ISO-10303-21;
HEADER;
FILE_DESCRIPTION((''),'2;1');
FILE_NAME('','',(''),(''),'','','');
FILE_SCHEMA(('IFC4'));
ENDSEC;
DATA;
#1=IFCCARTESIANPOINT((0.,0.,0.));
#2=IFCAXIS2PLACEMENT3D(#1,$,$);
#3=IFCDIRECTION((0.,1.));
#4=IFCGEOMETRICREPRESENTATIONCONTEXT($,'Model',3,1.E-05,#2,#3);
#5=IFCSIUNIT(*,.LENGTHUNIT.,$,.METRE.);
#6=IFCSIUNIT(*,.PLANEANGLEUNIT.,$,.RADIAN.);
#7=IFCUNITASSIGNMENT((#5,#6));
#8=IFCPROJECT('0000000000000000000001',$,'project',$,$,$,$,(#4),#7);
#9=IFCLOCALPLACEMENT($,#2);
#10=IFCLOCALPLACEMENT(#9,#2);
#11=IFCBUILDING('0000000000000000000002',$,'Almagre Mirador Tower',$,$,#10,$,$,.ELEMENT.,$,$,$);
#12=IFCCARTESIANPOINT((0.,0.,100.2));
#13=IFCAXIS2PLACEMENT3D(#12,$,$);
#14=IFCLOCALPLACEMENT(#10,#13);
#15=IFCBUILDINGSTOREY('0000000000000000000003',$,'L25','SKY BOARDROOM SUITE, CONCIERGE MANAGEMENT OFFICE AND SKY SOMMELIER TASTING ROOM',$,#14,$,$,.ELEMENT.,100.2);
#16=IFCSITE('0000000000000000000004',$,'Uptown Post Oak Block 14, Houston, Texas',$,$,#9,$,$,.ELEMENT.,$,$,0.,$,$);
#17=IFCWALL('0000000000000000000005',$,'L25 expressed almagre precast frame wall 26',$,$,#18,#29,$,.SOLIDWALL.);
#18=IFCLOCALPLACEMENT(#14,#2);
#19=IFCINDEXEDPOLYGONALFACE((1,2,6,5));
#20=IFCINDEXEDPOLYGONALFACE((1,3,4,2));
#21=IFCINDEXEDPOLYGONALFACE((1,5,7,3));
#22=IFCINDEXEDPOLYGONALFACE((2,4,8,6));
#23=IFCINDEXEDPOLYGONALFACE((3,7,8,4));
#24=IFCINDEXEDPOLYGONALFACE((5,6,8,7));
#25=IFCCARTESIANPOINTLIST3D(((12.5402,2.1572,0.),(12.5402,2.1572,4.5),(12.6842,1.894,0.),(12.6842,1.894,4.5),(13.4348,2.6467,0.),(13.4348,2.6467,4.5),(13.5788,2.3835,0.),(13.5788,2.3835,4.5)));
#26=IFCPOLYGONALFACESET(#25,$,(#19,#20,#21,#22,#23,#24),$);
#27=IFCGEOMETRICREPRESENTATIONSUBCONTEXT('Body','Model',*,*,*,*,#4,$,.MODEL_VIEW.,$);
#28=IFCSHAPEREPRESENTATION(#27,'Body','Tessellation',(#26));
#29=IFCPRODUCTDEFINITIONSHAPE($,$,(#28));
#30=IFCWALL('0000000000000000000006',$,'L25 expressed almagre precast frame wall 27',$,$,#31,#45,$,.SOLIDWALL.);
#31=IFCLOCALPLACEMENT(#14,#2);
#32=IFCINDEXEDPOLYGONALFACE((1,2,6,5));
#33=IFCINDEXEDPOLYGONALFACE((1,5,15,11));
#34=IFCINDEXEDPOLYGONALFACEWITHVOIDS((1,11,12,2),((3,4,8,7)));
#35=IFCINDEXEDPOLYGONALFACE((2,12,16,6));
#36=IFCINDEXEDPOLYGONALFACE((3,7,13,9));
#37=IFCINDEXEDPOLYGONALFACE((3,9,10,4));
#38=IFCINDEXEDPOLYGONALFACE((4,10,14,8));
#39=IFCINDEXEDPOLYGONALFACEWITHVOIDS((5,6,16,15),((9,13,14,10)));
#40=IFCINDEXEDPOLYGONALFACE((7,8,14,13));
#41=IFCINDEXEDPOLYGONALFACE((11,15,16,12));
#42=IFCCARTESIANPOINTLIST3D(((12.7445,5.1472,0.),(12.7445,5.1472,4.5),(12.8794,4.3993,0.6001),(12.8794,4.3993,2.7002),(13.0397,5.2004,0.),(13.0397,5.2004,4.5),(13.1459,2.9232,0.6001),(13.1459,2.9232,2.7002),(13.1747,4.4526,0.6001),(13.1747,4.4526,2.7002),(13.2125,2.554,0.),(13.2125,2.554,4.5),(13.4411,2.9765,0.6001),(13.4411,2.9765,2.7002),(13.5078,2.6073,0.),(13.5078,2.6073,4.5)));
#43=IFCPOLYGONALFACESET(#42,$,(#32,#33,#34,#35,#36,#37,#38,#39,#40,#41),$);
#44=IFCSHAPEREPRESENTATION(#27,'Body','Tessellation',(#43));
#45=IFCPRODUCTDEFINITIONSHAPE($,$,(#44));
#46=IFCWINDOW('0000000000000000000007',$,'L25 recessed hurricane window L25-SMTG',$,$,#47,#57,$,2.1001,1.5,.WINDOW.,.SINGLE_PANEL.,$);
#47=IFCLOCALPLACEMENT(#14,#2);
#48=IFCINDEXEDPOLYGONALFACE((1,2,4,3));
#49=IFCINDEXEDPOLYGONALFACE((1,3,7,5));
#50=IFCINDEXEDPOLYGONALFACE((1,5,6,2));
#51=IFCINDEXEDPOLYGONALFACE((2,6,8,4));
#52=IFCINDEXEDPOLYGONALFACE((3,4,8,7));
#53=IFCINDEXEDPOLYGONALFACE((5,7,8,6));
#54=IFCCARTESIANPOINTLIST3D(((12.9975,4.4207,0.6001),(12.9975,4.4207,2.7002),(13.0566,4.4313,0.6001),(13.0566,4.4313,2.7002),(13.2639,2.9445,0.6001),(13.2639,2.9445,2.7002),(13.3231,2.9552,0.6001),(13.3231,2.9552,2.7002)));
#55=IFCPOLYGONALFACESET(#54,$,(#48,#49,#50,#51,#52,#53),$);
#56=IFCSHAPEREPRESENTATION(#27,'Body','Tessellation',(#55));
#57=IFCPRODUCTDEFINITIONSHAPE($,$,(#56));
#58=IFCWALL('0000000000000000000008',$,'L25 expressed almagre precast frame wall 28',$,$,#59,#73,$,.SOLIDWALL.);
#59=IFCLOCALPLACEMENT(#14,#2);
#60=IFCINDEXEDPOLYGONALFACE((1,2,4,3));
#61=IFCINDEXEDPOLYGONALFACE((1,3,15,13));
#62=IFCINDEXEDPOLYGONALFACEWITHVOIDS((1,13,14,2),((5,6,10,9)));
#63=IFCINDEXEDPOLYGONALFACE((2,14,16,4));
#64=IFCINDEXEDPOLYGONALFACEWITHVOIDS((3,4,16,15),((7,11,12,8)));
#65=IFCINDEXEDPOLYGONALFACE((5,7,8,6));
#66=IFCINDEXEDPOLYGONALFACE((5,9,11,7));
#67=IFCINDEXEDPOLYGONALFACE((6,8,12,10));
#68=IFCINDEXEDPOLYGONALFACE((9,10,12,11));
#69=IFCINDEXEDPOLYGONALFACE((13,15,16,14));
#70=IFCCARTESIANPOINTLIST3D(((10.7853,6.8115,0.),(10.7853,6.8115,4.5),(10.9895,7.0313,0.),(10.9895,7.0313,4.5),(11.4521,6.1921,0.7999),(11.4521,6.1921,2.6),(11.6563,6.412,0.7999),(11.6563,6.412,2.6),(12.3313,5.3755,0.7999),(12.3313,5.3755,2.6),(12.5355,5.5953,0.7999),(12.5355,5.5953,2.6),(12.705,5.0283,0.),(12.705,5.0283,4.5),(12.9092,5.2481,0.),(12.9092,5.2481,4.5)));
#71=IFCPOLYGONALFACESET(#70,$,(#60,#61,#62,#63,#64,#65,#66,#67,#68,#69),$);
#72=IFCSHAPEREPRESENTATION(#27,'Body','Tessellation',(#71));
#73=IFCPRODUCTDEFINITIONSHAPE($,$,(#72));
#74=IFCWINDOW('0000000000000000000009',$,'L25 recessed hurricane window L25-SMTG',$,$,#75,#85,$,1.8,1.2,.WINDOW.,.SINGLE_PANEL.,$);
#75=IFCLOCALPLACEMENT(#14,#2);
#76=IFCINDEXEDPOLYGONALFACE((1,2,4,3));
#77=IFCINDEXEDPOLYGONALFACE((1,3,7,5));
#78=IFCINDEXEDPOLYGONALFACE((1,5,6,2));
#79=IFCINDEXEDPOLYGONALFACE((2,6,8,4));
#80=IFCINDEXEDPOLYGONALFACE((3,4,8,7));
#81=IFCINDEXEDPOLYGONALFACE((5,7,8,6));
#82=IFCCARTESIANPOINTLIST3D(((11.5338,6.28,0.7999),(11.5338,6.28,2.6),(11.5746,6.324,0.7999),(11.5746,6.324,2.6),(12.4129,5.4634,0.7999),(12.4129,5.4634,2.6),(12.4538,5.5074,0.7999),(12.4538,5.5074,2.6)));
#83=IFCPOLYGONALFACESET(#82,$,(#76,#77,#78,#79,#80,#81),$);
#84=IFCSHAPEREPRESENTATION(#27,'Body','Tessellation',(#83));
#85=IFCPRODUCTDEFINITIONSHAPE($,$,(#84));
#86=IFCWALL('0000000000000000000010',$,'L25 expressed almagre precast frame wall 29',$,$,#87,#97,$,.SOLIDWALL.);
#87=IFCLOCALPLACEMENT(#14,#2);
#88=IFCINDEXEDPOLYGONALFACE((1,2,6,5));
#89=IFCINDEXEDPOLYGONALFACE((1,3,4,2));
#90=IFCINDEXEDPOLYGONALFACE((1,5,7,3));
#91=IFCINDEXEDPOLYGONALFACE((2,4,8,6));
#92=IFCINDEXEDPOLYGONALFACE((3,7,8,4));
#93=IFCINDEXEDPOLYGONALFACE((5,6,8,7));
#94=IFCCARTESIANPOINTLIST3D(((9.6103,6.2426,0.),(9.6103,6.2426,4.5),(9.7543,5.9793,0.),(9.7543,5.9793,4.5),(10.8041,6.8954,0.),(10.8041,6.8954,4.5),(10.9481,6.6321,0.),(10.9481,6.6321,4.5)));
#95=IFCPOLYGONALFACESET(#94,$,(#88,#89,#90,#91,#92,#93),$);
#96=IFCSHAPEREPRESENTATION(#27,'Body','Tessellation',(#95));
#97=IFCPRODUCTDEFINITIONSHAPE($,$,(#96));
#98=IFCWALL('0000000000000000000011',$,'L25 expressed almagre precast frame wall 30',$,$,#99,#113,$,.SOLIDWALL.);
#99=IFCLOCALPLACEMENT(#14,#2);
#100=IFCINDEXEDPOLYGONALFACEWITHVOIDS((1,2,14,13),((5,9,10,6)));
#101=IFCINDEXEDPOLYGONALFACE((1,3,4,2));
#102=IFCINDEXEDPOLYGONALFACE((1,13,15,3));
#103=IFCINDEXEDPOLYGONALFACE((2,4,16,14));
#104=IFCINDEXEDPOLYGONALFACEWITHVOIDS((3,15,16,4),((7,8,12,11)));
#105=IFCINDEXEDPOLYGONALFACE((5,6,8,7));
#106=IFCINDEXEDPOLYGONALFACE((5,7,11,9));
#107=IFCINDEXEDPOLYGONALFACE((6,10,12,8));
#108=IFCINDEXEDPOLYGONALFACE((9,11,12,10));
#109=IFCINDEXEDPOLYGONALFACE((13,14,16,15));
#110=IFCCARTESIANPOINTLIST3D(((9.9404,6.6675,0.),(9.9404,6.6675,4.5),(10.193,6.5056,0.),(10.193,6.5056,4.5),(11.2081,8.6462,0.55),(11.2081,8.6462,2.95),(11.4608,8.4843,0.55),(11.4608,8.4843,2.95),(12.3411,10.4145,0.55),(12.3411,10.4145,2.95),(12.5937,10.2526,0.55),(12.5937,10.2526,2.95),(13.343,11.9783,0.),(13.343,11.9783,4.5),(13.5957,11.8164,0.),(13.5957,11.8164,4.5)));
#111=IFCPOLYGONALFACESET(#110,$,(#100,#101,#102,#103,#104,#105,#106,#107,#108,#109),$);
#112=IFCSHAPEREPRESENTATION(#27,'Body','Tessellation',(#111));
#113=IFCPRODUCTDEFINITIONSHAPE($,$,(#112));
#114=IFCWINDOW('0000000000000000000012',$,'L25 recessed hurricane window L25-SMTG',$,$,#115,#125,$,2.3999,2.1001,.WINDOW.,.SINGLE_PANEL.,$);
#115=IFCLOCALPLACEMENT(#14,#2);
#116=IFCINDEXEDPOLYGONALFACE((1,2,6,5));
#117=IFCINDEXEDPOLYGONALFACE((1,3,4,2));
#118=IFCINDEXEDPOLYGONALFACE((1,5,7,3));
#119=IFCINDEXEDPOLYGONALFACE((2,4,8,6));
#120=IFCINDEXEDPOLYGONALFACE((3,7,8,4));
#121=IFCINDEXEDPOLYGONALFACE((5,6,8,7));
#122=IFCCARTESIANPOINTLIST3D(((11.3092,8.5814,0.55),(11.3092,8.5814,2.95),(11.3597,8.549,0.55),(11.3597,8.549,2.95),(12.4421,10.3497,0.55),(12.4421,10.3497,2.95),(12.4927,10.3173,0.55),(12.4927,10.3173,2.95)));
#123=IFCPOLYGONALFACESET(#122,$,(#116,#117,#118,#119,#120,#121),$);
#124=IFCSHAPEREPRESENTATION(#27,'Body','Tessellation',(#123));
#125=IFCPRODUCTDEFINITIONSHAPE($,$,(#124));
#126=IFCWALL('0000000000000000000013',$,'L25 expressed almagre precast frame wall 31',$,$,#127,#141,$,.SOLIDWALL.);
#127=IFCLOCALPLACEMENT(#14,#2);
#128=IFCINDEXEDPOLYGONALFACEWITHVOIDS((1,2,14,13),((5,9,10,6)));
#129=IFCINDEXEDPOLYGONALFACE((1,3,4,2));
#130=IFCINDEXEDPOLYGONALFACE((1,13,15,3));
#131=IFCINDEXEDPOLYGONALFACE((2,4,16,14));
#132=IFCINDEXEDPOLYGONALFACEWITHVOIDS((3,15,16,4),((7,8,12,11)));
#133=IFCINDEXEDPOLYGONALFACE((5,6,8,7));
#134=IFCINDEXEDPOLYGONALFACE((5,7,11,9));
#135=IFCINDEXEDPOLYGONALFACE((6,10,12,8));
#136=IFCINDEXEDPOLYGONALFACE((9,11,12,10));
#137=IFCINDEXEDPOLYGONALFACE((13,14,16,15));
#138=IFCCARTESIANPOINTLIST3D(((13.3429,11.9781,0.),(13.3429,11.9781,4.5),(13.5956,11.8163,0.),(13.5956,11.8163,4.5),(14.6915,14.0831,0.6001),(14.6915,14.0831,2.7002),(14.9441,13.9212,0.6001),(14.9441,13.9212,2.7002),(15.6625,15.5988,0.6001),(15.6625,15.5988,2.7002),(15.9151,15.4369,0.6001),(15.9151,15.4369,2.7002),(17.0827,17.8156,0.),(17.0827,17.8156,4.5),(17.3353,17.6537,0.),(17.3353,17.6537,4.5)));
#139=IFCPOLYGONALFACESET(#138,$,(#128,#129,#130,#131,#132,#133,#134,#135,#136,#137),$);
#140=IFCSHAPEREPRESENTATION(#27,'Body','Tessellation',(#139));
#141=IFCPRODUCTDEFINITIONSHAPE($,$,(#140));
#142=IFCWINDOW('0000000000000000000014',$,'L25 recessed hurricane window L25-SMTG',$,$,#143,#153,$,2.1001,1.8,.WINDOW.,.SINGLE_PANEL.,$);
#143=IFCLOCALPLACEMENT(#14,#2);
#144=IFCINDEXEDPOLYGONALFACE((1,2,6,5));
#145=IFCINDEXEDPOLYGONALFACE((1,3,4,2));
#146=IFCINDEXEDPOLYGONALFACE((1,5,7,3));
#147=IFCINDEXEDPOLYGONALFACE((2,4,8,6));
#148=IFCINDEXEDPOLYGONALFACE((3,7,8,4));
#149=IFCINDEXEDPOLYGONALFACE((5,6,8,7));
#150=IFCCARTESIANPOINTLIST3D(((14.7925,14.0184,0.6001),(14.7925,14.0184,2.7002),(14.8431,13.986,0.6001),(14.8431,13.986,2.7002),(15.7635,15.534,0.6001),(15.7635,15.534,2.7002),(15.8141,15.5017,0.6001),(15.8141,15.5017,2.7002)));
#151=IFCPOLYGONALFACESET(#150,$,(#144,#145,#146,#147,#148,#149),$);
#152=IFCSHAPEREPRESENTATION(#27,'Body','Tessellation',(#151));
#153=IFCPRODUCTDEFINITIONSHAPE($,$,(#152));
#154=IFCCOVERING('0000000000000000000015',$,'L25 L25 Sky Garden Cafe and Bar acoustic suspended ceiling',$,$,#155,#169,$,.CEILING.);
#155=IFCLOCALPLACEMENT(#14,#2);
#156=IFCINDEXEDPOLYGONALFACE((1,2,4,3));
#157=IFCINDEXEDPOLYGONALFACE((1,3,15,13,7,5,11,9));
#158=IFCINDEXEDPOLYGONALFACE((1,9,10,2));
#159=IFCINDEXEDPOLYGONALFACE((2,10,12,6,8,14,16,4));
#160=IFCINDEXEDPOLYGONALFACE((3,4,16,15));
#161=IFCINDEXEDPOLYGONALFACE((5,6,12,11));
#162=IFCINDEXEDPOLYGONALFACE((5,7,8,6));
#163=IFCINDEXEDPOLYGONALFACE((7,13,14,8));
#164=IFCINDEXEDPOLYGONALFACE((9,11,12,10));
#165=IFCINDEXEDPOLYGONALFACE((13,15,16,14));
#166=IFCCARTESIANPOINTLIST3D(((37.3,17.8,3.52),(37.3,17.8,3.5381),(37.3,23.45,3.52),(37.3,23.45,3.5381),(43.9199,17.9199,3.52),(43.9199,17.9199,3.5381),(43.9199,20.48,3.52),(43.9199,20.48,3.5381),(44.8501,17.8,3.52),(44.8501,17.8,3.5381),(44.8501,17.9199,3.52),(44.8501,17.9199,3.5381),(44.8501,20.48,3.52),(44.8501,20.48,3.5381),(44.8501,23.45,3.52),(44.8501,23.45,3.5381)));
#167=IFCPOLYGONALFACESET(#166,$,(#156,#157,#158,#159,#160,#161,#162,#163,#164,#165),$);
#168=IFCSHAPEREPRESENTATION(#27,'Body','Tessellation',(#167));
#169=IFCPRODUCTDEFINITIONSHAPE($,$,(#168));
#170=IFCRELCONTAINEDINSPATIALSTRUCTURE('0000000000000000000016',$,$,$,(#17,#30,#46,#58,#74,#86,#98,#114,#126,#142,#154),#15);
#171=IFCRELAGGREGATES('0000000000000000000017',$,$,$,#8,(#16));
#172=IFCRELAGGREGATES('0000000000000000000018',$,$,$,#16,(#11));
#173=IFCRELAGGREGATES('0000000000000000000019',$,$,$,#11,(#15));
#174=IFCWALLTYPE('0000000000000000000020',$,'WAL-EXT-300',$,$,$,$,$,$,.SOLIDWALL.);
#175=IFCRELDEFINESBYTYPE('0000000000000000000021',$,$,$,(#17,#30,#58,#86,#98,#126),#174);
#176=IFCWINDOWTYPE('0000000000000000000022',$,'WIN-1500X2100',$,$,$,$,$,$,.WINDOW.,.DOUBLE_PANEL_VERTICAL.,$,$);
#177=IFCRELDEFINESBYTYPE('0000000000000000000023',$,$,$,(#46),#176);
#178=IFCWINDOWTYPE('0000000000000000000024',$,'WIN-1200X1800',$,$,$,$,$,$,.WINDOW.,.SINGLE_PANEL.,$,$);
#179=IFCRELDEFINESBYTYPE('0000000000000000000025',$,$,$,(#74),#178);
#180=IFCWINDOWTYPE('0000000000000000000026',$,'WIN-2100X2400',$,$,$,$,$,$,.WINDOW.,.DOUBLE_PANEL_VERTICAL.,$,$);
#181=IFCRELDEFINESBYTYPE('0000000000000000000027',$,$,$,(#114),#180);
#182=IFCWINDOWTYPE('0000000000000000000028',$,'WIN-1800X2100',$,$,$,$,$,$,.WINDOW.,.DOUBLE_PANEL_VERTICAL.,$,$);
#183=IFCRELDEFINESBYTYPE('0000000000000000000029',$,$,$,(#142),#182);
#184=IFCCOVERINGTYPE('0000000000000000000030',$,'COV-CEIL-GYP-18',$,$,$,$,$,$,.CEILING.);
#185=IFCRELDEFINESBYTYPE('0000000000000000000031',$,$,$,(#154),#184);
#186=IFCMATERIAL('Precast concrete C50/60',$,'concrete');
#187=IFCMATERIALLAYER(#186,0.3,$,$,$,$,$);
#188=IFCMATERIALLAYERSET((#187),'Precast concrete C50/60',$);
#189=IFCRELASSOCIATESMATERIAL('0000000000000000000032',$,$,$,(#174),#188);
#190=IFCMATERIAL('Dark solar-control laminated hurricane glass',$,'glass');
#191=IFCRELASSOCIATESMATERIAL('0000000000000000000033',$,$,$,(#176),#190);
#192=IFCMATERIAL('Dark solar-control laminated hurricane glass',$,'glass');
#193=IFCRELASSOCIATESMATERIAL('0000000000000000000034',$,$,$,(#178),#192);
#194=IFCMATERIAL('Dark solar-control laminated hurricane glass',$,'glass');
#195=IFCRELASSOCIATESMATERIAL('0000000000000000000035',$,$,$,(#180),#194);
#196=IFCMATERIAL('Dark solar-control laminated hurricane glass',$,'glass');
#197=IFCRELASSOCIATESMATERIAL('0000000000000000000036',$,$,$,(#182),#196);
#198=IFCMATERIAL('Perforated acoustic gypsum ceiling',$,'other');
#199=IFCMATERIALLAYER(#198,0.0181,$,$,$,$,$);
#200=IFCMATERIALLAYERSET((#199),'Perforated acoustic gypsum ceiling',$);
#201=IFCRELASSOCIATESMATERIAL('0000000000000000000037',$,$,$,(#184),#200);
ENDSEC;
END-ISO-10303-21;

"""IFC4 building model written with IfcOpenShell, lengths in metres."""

from ifc_helpers import new_model, si_unit, direction, frame, frame_2d, origin, place, context, subcontext, project, spatial, polyline, rectangle, outline, extrude, material, layer, layer_set, type_object, element, fill, save


model = new_model("IFC4")

# Units and contexts
model_context = context("Model", 3, precision=1e-05, world=origin(), true_north=direction((0.0, 1.0)))
body_context = subcontext(model_context, "Body", "Model", "MODEL_VIEW")
ifc_project = project(units=[si_unit("LENGTHUNIT", "METRE"), si_unit("PLANEANGLEUNIT", "RADIAN")], contexts=[model_context])

# Site, building, storey
site_placement = place(None, origin())
site = spatial("IfcSite", under=ifc_project, at=site_placement, Name="Uptown Post Oak Block 14, Houston, Texas", CompositionType="ELEMENT", RefElevation=0.0)
building_placement = place(site_placement, origin())
building = spatial("IfcBuilding", under=site, at=building_placement, Name="Almagre Mirador Tower", CompositionType="ELEMENT")
storey_placement = place(building_placement, frame((0.0, 0.0, 100.2)))
storey = spatial("IfcBuildingStorey", under=building, at=storey_placement, Name="L25", Description="SKY BOARDROOM SUITE, CONCIERGE MANAGEMENT OFFICE AND SKY SOMMELIER TASTING ROOM", CompositionType="ELEMENT", Elevation=100.2)

# Wall
ifc_material_1 = material(Name="Precast concrete C50/60", Category="concrete")
ifc_layer_1 = layer(ifc_material_1, 0.3)
ifc_layer_set_1 = layer_set([ifc_layer_1], Name="Precast concrete C50/60")
wall_type = type_object("IfcWallType", Name="WAL-EXT-300", PredefinedType="SOLIDWALL", material=ifc_layer_set_1)
wall_1_placement = place(storey_placement, frame((12.6123, 2.0256, 0.0), z_axis=(0.0, 0.0, 1.0), x_axis=(0.877245, 0.480043, 0.0)))
element("IfcWall", 1, at=wall_1_placement, inside=storey, type_object=wall_type, Name="L25 expressed almagre precast frame wall 26", PredefinedType="SOLIDWALL", context=body_context, shape_type="SweptSolid", body=[
    extrude(rectangle(XDim=1.0198, YDim=0.3, at=frame_2d((0.5098, 0.0))), origin(), (0.0, 0.0, 1.0), 4.5),
])

# Walls, openings, windows
wall_2_placement = place(storey_placement, frame((13.3601, 2.5808, 0.0), z_axis=(0.0, 0.0, 1.0), x_axis=(-0.177621, 0.984099, 0.0)))
wall_2 = element("IfcWall", 2, at=wall_2_placement, inside=storey, type_object=wall_type, Name="L25 expressed almagre precast frame wall 27", PredefinedType="SOLIDWALL", context=body_context, shape_type="SweptSolid", body=[
    extrude(rectangle(XDim=2.635, YDim=0.3, at=frame_2d((1.3174, 0.0))), origin(), (0.0, 0.0, 1.0), 4.5),
])
opening_1_placement = place(wall_2_placement, frame((0.375, 0.0, 0.6001)))
opening_1 = element("IfcOpeningElement", 3, at=opening_1_placement, cuts=wall_2, PredefinedType="OPENING", context=body_context, shape_type="SweptSolid", body=[
    extrude(rectangle(XDim=1.5, YDim=2.1001, at=frame_2d((0.75, 1.05))), frame((0.0, 0.1599, 0.0), z_axis=(0.0, -1.0, 0.0), x_axis=(1.0, 0.0, 0.0)), (0.0, 0.0, 1.0), 0.32),
])
ifc_material_2 = material(Name="Dark solar-control laminated hurricane glass", Category="glass")
window_type_1 = type_object("IfcWindowType", Name="WIN-1500X2100", PartitioningType="DOUBLE_PANEL_VERTICAL", PredefinedType="WINDOW", material=ifc_material_2)
window_1_placement = place(opening_1_placement, origin())
window_1 = element("IfcWindow", 4, at=window_1_placement, inside=storey, type_object=window_type_1, Name="L25 recessed hurricane window L25-SMTG", OverallHeight=2.1001, OverallWidth=1.5, PartitioningType="SINGLE_PANEL", PredefinedType="WINDOW", context=body_context, shape_type="SweptSolid", body=[
    extrude(rectangle(XDim=1.5, YDim=2.1001, at=frame_2d((0.75, 1.05))), frame((0.0, 0.03, 0.0), z_axis=(0.0, -1.0, 0.0), x_axis=(1.0, 0.0, 0.0)), (0.0, 0.0, 1.0), 0.0601),
])
fill(opening_1, window_1)
wall_3_placement = place(storey_placement, frame((12.8071, 5.1382, 0.0), z_axis=(0.0, 0.0, 1.0), x_axis=(-0.732671, 0.680583, 0.0)))
wall_3 = element("IfcWall", 5, at=wall_3_placement, inside=storey, type_object=wall_type, Name="L25 expressed almagre precast frame wall 28", PredefinedType="SOLIDWALL", context=body_context, shape_type="SweptSolid", body=[
    extrude(rectangle(XDim=2.6201, YDim=0.3, at=frame_2d((1.3101, 0.0))), origin(), (0.0, 0.0, 1.0), 4.5),
])
opening_2_placement = place(wall_3_placement, frame((0.51, 0.0, 0.8)))
opening_2 = element("IfcOpeningElement", 6, at=opening_2_placement, cuts=wall_3, PredefinedType="OPENING", context=body_context, shape_type="SweptSolid", body=[
    extrude(rectangle(XDim=1.2, YDim=1.8, at=frame_2d((0.6001, 0.8999))), frame((0.0, 0.1599, 0.0), z_axis=(0.0, -1.0, 0.0), x_axis=(1.0, 0.0, 0.0)), (0.0, 0.0, 1.0), 0.32),
])
ifc_material_3 = material(Name="Dark solar-control laminated hurricane glass", Category="glass")
window_type_2 = type_object("IfcWindowType", Name="WIN-1200X1800", PartitioningType="SINGLE_PANEL", PredefinedType="WINDOW", material=ifc_material_3)
window_2_placement = place(opening_2_placement, origin())
window_2 = element("IfcWindow", 7, at=window_2_placement, inside=storey, type_object=window_type_2, Name="L25 recessed hurricane window L25-SMTG", OverallHeight=1.8, OverallWidth=1.2, PartitioningType="SINGLE_PANEL", PredefinedType="WINDOW", context=body_context, shape_type="SweptSolid", body=[
    extrude(rectangle(XDim=1.2, YDim=1.8, at=frame_2d((0.6001, 0.8999))), frame((0.0, 0.03, 0.0), z_axis=(0.0, -1.0, 0.0), x_axis=(1.0, 0.0, 0.0)), (0.0, 0.0, 1.0), 0.0601),
])
fill(opening_2, window_2)

# Wall
wall_4_placement = place(storey_placement, frame((10.876, 6.7637, 0.0), z_axis=(0.0, 0.0, 1.0), x_axis=(-0.877388, -0.479782, 0.0)))
element("IfcWall", 8, at=wall_4_placement, inside=storey, type_object=wall_type, Name="L25 expressed almagre precast frame wall 29", PredefinedType="SOLIDWALL", context=body_context, shape_type="SweptSolid", body=[
    extrude(rectangle(XDim=1.3606, YDim=0.3, at=frame_2d((0.6802, 0.0))), origin(), (0.0, 0.0, 1.0), 4.5),
])

# Walls, openings, windows
wall_5_placement = place(storey_placement, frame((10.0667, 6.5864, 0.0), z_axis=(0.0, 0.0, 1.0), x_axis=(0.539468, 0.842006, 0.0)))
wall_5 = element("IfcWall", 9, at=wall_5_placement, inside=storey, type_object=wall_type, Name="L25 expressed almagre precast frame wall 30", PredefinedType="SOLIDWALL", context=body_context, shape_type="SweptSolid", body=[
    extrude(rectangle(XDim=6.3074, YDim=0.3, at=frame_2d((3.1538, 0.0))), origin(), (0.0, 0.0, 1.0), 4.5),
])
opening_3_placement = place(wall_5_placement, frame((2.3501, 0.0, 0.55)))
opening_3 = element("IfcOpeningElement", 10, at=opening_3_placement, cuts=wall_5, PredefinedType="OPENING", context=body_context, shape_type="SweptSolid", body=[
    extrude(rectangle(XDim=2.1001, YDim=2.3999, at=frame_2d((1.05, 1.2))), frame((0.0, 0.1599, 0.0), z_axis=(0.0, -1.0, 0.0), x_axis=(1.0, 0.0, 0.0)), (0.0, 0.0, 1.0), 0.32),
])
ifc_material_4 = material(Name="Dark solar-control laminated hurricane glass", Category="glass")
window_type_3 = type_object("IfcWindowType", Name="WIN-2100X2400", PartitioningType="DOUBLE_PANEL_VERTICAL", PredefinedType="WINDOW", material=ifc_material_4)
window_3_placement = place(opening_3_placement, origin())
window_3 = element("IfcWindow", 11, at=window_3_placement, inside=storey, type_object=window_type_3, Name="L25 recessed hurricane window L25-SMTG", OverallHeight=2.3999, OverallWidth=2.1001, PartitioningType="SINGLE_PANEL", PredefinedType="WINDOW", context=body_context, shape_type="SweptSolid", body=[
    extrude(rectangle(XDim=2.1001, YDim=2.3999, at=frame_2d((1.05, 1.2))), frame((0.0, 0.03, 0.0), z_axis=(0.0, -1.0, 0.0), x_axis=(1.0, 0.0, 0.0)), (0.0, 0.0, 1.0), 0.0601),
])
fill(opening_3, window_3)
wall_6_placement = place(storey_placement, frame((13.4692, 11.8972, 0.0), z_axis=(0.0, 0.0, 1.0), x_axis=(0.539443, 0.842022, 0.0)))
wall_6 = element("IfcWall", 12, at=wall_6_placement, inside=storey, type_object=wall_type, Name="L25 expressed almagre precast frame wall 31", PredefinedType="SOLIDWALL", context=body_context, shape_type="SweptSolid", body=[
    extrude(rectangle(XDim=6.9326, YDim=0.3, at=frame_2d((3.4663, 0.0))), origin(), (0.0, 0.0, 1.0), 4.5),
])
opening_4_placement = place(wall_6_placement, frame((2.5, 0.0, 0.6001)))
opening_4 = element("IfcOpeningElement", 13, at=opening_4_placement, cuts=wall_6, PredefinedType="OPENING", context=body_context, shape_type="SweptSolid", body=[
    extrude(rectangle(XDim=1.8, YDim=2.1001, at=frame_2d((0.8999, 1.05))), frame((0.0, 0.1599, 0.0), z_axis=(0.0, -1.0, 0.0), x_axis=(1.0, 0.0, 0.0)), (0.0, 0.0, 1.0), 0.32),
])
ifc_material_5 = material(Name="Dark solar-control laminated hurricane glass", Category="glass")
window_type_4 = type_object("IfcWindowType", Name="WIN-1800X2100", PartitioningType="DOUBLE_PANEL_VERTICAL", PredefinedType="WINDOW", material=ifc_material_5)
window_4_placement = place(opening_4_placement, origin())
window_4 = element("IfcWindow", 14, at=window_4_placement, inside=storey, type_object=window_type_4, Name="L25 recessed hurricane window L25-SMTG", OverallHeight=2.1001, OverallWidth=1.8, PartitioningType="SINGLE_PANEL", PredefinedType="WINDOW", context=body_context, shape_type="SweptSolid", body=[
    extrude(rectangle(XDim=1.8, YDim=2.1001, at=frame_2d((0.8999, 1.05))), frame((0.0, 0.03, 0.0), z_axis=(0.0, -1.0, 0.0), x_axis=(1.0, 0.0, 0.0)), (0.0, 0.0, 1.0), 0.0601),
])
fill(opening_4, window_4)

# Covering
ifc_material_6 = material(Name="Perforated acoustic gypsum ceiling", Category="other")
ifc_layer_2 = layer(ifc_material_6, 0.0181)
ifc_layer_set_2 = layer_set([ifc_layer_2], Name="Perforated acoustic gypsum ceiling")
covering_type_1 = type_object("IfcCoveringType", Name="COV-CEIL-GYP-18", PredefinedType="CEILING", material=ifc_layer_set_2)
covering_1_placement = place(storey_placement, frame((0.0, 0.0, 3.52)))
element("IfcCovering", 15, at=covering_1_placement, inside=storey, type_object=covering_type_1, Name="L25 L25 Sky Garden Cafe and Bar acoustic suspended ceiling", PredefinedType="CEILING", context=body_context, shape_type="SweptSolid", body=[
    extrude(outline(polyline([(44.8501, 23.45), (44.8501, 20.48), (43.9199, 20.48), (43.9199, 17.9199), (44.8501, 17.9199), (44.8501, 17.8), (37.3, 17.8), (37.3, 23.45), (44.8501, 23.45)])), origin(), (0.0, 0.0, 1.0), 0.0181),
])

save(model, "model.ifc")
